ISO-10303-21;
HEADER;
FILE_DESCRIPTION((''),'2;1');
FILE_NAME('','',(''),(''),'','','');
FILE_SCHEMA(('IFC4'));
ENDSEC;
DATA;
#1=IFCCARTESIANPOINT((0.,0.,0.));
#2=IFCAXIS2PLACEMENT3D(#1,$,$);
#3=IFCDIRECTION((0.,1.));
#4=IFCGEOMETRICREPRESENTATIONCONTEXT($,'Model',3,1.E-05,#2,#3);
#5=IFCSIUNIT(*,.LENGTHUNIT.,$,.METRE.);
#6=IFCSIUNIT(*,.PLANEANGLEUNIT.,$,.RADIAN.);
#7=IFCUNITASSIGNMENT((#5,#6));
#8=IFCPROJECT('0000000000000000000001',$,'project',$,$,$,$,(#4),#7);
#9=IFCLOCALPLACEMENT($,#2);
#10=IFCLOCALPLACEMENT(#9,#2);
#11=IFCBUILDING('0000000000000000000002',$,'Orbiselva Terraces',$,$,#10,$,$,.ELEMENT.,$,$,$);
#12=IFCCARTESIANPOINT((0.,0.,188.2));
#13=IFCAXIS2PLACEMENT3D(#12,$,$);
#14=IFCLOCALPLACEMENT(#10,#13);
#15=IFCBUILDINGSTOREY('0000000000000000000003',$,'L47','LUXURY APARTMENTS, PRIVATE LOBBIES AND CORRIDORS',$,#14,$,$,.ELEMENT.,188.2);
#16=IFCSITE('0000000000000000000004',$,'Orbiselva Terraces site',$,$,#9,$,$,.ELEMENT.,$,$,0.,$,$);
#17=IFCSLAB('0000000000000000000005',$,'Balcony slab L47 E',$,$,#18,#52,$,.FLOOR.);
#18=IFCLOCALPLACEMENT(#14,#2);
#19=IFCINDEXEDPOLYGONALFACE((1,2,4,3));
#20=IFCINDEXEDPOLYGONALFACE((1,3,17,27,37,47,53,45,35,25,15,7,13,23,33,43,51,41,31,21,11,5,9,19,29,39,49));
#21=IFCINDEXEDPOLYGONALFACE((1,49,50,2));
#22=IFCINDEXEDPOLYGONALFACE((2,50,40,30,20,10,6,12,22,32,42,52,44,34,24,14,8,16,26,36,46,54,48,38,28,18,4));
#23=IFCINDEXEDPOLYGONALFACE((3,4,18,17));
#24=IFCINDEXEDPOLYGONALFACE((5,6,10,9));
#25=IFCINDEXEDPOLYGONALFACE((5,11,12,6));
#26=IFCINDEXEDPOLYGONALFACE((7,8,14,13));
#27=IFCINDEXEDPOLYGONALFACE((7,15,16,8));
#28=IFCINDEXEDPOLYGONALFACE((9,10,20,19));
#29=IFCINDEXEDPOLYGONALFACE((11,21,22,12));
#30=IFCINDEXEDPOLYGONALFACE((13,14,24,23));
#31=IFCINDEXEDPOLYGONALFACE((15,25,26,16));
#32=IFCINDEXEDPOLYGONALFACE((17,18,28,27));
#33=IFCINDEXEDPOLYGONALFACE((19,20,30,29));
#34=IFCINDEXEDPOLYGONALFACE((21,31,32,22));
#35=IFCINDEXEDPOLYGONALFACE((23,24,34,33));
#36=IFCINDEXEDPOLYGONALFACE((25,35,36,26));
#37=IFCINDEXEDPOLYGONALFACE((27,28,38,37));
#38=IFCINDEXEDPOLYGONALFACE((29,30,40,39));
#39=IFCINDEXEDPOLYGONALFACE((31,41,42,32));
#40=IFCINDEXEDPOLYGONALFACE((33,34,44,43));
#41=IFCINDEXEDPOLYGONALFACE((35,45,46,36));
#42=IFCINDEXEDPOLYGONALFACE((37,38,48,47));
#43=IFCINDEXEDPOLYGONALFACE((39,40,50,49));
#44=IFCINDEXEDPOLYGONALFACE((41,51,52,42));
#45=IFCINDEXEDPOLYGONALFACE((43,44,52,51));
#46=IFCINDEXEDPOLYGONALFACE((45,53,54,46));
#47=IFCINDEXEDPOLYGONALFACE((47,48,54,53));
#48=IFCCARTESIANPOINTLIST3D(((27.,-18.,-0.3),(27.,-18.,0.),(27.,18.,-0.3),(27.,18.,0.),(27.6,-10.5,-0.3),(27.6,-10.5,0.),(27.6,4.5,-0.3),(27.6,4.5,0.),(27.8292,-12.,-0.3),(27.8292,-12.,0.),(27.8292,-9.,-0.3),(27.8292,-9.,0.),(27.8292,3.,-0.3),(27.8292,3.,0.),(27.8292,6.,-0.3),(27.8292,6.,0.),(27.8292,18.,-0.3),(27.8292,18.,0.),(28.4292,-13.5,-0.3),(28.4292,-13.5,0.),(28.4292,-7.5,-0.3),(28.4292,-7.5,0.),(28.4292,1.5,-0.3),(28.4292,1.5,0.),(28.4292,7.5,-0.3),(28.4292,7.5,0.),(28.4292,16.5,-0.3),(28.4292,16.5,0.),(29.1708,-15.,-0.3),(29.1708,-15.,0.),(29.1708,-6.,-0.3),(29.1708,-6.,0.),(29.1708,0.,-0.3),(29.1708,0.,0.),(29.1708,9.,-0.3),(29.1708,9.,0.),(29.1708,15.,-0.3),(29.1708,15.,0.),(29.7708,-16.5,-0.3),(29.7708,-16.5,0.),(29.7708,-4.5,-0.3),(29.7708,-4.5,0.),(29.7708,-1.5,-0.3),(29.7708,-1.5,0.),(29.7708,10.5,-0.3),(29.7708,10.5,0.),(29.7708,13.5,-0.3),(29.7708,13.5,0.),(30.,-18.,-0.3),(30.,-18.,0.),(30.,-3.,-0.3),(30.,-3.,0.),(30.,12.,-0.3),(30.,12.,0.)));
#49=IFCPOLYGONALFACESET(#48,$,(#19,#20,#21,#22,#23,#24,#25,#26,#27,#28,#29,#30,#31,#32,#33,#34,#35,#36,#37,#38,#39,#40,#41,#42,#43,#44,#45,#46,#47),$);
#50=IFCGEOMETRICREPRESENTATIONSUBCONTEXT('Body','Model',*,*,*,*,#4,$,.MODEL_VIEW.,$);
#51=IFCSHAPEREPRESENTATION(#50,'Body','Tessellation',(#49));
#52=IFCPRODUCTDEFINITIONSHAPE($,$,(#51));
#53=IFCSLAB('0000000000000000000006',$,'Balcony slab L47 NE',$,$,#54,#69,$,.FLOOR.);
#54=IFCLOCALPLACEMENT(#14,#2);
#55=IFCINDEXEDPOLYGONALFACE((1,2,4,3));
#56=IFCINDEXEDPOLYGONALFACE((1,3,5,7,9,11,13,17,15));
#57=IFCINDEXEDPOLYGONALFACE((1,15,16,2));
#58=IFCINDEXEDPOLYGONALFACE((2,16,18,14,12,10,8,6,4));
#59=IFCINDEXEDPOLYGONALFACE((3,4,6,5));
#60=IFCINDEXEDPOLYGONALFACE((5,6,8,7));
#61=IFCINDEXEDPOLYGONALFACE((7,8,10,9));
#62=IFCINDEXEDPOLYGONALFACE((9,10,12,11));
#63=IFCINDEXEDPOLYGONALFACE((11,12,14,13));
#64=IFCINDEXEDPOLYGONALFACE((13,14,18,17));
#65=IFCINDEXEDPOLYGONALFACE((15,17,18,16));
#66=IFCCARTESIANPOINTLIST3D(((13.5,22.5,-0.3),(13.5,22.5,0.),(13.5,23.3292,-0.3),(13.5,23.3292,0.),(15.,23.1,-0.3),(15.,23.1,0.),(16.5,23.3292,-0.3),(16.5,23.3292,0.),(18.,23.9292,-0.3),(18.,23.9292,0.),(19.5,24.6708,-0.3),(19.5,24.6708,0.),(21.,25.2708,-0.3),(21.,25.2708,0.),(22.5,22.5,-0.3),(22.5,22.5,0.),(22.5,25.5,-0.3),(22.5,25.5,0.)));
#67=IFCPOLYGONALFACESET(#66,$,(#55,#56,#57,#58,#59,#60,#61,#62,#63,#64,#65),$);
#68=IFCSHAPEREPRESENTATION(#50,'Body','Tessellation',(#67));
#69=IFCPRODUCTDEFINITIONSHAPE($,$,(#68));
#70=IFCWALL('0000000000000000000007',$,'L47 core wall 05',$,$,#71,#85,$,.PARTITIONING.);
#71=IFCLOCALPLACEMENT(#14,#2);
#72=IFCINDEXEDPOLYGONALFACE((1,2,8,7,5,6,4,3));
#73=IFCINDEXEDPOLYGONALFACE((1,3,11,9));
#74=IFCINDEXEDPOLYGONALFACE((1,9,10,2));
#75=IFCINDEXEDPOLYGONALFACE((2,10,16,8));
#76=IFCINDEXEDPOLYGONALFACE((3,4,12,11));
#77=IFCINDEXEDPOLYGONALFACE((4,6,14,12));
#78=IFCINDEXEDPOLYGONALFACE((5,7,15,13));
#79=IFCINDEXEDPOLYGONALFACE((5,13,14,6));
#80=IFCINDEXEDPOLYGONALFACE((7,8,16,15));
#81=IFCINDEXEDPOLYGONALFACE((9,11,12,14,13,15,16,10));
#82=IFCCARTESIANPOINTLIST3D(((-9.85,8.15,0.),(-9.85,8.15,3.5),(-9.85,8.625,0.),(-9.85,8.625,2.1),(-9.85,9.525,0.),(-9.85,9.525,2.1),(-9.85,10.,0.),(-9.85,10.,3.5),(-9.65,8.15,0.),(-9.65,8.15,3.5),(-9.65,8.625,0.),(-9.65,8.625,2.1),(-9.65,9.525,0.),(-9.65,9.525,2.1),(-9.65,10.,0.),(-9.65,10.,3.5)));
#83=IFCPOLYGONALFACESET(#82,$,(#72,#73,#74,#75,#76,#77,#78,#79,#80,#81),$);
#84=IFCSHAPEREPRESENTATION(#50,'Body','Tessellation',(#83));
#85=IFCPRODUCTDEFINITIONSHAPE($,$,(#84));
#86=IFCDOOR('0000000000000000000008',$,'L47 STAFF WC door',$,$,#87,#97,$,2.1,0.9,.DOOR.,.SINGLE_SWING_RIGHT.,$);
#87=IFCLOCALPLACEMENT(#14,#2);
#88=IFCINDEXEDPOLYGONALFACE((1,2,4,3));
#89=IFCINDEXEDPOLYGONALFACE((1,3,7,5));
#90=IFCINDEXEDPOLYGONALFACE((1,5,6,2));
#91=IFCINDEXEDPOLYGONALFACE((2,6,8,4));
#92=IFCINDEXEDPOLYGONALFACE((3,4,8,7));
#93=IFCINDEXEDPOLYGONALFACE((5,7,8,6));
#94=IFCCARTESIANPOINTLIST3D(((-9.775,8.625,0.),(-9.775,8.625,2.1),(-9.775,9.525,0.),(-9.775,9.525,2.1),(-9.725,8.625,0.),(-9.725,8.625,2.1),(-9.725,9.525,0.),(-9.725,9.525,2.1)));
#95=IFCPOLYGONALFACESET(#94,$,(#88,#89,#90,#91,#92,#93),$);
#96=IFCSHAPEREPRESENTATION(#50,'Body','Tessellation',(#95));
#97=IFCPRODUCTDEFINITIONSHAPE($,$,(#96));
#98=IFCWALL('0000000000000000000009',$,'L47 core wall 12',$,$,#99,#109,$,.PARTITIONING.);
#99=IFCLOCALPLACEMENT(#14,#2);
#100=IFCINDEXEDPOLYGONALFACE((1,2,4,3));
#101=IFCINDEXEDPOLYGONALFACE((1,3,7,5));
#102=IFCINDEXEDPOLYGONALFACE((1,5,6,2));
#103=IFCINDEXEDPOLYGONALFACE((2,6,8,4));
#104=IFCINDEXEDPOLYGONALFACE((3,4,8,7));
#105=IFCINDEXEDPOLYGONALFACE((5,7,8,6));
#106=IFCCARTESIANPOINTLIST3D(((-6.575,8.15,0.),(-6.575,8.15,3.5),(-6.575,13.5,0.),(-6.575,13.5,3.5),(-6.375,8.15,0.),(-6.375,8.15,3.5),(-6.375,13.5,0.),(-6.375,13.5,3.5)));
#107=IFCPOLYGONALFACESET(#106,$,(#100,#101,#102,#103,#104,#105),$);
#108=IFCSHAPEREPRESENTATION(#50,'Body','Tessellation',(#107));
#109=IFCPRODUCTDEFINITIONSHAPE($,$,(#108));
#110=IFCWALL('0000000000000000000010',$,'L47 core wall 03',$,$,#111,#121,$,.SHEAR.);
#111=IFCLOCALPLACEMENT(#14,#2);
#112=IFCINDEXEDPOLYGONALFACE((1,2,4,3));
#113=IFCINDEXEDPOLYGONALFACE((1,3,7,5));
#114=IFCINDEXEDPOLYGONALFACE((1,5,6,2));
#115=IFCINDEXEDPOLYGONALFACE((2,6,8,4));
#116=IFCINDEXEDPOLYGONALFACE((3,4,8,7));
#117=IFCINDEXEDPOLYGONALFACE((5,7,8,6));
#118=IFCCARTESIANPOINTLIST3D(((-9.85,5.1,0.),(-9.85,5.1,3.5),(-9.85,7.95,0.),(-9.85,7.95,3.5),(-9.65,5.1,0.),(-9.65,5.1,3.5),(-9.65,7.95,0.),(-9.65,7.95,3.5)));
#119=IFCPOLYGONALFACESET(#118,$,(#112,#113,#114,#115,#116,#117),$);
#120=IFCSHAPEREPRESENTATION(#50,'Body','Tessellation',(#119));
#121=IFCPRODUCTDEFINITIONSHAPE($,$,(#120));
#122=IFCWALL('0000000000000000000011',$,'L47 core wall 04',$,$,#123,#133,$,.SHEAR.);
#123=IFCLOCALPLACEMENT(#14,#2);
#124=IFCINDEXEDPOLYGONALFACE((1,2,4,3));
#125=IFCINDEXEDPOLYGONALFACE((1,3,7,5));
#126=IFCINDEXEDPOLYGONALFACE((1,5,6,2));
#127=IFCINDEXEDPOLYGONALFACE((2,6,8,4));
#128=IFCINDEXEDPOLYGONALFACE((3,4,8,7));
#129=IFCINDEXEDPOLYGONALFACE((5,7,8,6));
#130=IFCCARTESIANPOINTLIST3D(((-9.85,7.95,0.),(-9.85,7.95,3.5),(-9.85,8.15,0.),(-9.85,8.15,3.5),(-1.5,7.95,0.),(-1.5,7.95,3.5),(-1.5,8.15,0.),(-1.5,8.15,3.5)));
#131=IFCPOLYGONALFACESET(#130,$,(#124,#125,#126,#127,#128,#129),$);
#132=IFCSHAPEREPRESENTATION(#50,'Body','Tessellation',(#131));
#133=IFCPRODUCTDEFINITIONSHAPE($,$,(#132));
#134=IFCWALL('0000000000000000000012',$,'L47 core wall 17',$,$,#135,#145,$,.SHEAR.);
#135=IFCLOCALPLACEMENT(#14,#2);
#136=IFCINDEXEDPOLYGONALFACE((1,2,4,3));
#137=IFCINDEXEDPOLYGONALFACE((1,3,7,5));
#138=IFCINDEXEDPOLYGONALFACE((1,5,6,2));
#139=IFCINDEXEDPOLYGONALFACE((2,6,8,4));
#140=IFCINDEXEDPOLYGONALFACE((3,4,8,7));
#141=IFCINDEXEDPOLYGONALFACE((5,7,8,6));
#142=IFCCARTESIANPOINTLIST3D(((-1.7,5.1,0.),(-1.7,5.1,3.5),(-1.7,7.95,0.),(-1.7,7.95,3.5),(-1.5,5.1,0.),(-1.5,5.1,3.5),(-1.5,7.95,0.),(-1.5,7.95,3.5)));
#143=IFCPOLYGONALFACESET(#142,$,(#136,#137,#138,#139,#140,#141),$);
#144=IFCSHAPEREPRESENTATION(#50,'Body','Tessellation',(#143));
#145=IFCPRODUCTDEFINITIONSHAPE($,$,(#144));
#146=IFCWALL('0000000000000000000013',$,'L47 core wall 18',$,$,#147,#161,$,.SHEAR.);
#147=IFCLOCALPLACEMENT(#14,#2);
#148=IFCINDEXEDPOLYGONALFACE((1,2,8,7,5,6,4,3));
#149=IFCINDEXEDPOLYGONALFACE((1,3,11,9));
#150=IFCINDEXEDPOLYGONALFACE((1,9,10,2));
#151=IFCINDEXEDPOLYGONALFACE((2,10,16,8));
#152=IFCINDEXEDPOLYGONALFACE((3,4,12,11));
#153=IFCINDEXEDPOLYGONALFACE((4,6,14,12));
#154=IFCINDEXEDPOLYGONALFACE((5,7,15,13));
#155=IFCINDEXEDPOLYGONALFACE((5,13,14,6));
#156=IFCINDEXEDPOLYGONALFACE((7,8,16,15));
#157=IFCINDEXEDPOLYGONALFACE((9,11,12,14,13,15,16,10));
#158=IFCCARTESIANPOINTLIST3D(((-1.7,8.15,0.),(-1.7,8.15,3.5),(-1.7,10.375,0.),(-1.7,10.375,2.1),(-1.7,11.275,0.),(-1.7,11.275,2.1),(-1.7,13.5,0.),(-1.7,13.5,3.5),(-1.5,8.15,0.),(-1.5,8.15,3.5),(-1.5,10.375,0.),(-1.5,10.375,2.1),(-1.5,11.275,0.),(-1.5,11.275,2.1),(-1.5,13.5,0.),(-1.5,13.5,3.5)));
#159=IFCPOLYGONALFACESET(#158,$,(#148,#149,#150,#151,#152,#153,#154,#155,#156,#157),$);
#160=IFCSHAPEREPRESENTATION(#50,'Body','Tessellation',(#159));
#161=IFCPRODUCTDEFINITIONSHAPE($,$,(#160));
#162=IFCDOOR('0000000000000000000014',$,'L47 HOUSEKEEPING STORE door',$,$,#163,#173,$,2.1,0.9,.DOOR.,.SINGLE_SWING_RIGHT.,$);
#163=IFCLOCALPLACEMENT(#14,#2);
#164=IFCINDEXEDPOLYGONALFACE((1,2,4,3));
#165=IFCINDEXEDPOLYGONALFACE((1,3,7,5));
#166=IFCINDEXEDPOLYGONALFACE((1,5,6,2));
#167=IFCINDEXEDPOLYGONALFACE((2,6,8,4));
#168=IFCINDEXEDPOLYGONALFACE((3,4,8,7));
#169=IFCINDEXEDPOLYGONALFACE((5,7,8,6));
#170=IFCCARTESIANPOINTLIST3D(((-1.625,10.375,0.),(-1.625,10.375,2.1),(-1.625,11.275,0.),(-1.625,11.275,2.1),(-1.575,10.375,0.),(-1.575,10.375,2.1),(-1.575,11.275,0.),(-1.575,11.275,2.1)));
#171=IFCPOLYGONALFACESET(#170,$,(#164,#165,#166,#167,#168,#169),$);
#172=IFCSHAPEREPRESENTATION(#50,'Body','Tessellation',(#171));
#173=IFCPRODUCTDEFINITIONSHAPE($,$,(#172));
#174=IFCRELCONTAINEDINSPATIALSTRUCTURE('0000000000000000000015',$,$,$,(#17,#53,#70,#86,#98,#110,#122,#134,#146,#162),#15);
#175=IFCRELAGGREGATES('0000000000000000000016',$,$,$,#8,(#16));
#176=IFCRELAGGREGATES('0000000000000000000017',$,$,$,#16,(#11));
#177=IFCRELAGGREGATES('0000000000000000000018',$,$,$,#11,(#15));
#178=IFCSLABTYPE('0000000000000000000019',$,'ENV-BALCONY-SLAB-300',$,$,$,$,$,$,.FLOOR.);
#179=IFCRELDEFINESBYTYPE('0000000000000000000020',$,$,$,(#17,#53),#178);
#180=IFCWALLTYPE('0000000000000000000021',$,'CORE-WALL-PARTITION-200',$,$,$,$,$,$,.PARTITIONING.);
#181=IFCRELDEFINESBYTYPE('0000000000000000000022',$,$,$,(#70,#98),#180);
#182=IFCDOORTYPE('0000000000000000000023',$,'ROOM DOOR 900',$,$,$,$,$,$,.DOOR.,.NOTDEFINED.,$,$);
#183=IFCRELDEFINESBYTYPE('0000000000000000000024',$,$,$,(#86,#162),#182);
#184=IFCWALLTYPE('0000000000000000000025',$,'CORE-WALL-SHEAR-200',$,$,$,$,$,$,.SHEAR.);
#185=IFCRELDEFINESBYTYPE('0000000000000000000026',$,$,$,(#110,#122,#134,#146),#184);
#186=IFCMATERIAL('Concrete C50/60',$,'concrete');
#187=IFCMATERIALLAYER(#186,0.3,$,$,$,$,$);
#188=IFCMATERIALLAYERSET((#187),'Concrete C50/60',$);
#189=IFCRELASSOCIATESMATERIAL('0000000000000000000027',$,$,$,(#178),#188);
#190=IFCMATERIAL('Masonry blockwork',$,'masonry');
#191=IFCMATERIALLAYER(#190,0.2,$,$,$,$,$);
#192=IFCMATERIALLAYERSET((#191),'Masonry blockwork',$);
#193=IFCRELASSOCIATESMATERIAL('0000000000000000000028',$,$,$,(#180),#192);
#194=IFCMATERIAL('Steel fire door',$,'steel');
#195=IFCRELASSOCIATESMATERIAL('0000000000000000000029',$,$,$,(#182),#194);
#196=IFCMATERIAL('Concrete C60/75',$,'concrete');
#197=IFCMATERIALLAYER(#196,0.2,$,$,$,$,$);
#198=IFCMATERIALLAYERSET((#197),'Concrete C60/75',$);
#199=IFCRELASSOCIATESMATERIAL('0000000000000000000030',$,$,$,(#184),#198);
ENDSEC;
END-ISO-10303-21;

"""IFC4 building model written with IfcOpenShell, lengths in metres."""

from ifc_helpers import new_model, si_unit, direction, frame, frame_2d, origin, place, context, subcontext, project, spatial, polyline, rectangle, outline, extrude, material, layer, layer_set, type_object, element, fill, save


model = new_model("IFC4")

# Units and contexts
model_context = context("Model", 3, precision=1e-05, world=origin(), true_north=direction((0.0, 1.0)))
body_context = subcontext(model_context, "Body", "Model", "MODEL_VIEW")
ifc_project = project(units=[si_unit("LENGTHUNIT", "METRE"), si_unit("PLANEANGLEUNIT", "RADIAN")], contexts=[model_context])

# Site, building, storey
site_placement = place(None, origin())
site = spatial("IfcSite", under=ifc_project, at=site_placement, Name="Orbiselva Terraces site", CompositionType="ELEMENT", RefElevation=0.0)
building_placement = place(site_placement, origin())
building = spatial("IfcBuilding", under=site, at=building_placement, Name="Orbiselva Terraces", CompositionType="ELEMENT")
storey_placement = place(building_placement, frame((0.0, 0.0, 188.2)))
storey = spatial("IfcBuildingStorey", under=building, at=storey_placement, Name="L47", Description="LUXURY APARTMENTS, PRIVATE LOBBIES AND CORRIDORS", CompositionType="ELEMENT", Elevation=188.2)

# Slabs
ifc_material_1 = material(Name="Concrete C50/60", Category="concrete")
ifc_layer_1 = layer(ifc_material_1, 0.3)
ifc_layer_set_1 = layer_set([ifc_layer_1], Name="Concrete C50/60")
slab_type = type_object("IfcSlabType", Name="ENV-BALCONY-SLAB-300", PredefinedType="FLOOR", material=ifc_layer_set_1)
slab_1_placement = place(storey_placement, frame((0.0, 0.0, -0.3)))
element("IfcSlab", 1, at=slab_1_placement, inside=storey, type_object=slab_type, Name="Balcony slab L47 E", PredefinedType="FLOOR", context=body_context, shape_type="SweptSolid", body=[
    extrude(outline(polyline([(30.0, -18.0), (29.7708, -16.5), (29.1708, -15.0), (28.4292, -13.5), (27.8292, -12.0), (27.6, -10.5), (27.8292, -9.0), (28.4292, -7.5), (29.1708, -6.0), (29.7708, -4.5), (30.0, -3.0), (29.7708, -1.5), (29.1708, 0.0), (28.4292, 1.5), (27.8292, 3.0), (27.6, 4.5), (27.8292, 6.0), (28.4292, 7.5), (29.1708, 9.0), (29.7708, 10.5), (30.0, 12.0), (29.7708, 13.5), (29.1708, 15.0), (28.4292, 16.5), (27.8292, 18.0), (27.0, 18.0), (27.0, -18.0), (30.0, -18.0)])), origin(), (0.0, 0.0, 1.0), 0.3),
])
slab_2_placement = place(storey_placement, frame((0.0, 0.0, -0.3)))
element("IfcSlab", 2, at=slab_2_placement, inside=storey, type_object=slab_type, Name="Balcony slab L47 NE", PredefinedType="FLOOR", context=body_context, shape_type="SweptSolid", body=[
    extrude(outline(polyline([(22.5, 25.5), (21.0, 25.2708), (19.5, 24.6708), (18.0, 23.9292), (16.5, 23.3292), (15.0, 23.1), (13.5, 23.3292), (13.5, 22.5), (22.5, 22.5), (22.5, 25.5)])), origin(), (0.0, 0.0, 1.0), 0.3),
])

# Wall, opening, door
ifc_material_2 = material(Name="Masonry blockwork", Category="masonry")
ifc_layer_2 = layer(ifc_material_2, 0.2)
ifc_layer_set_2 = layer_set([ifc_layer_2], Name="Masonry blockwork")
wall_type_1 = type_object("IfcWallType", Name="CORE-WALL-PARTITION-200", PredefinedType="PARTITIONING", material=ifc_layer_set_2)
wall_1_placement = place(storey_placement, frame((-9.75, 8.15, 0.0), z_axis=(0.0, 0.0, 1.0), x_axis=(0.0, 1.0, 0.0)))
wall_1 = element("IfcWall", 3, at=wall_1_placement, inside=storey, type_object=wall_type_1, Name="L47 core wall 05", PredefinedType="PARTITIONING", context=body_context, shape_type="SweptSolid", body=[
    extrude(rectangle(XDim=1.85, YDim=0.2, at=frame_2d((0.925, 0.0))), origin(), (0.0, 0.0, 1.0), 3.5),
])
opening_1_placement = place(wall_1_placement, frame((0.475, 0.0, 0.0)))
opening_1 = element("IfcOpeningElement", 4, at=opening_1_placement, cuts=wall_1, PredefinedType="OPENING", context=body_context, shape_type="SweptSolid", body=[
    extrude(rectangle(XDim=0.9, YDim=2.1, at=frame_2d((0.45, 1.05))), frame((0.0, 0.11, 0.0), z_axis=(0.0, -1.0, 0.0), x_axis=(1.0, 0.0, 0.0)), (0.0, 0.0, 1.0), 0.22),
])
ifc_material_3 = material(Name="Steel fire door", Category="steel")
door_type = type_object("IfcDoorType", Name="ROOM DOOR 900", OperationType="NOTDEFINED", PredefinedType="DOOR", material=ifc_material_3)
door_1_placement = place(opening_1_placement, origin())
door_1 = element("IfcDoor", 5, at=door_1_placement, inside=storey, type_object=door_type, Name="L47 STAFF WC door", OperationType="SINGLE_SWING_RIGHT", OverallHeight=2.1, OverallWidth=0.9, PredefinedType="DOOR", context=body_context, shape_type="SweptSolid", body=[
    extrude(rectangle(XDim=0.9, YDim=2.1, at=frame_2d((0.45, 1.05))), frame((0.0, 0.025, 0.0), z_axis=(0.0, -1.0, 0.0), x_axis=(1.0, 0.0, 0.0)), (0.0, 0.0, 1.0), 0.05),
])
fill(opening_1, door_1)

# Walls
wall_2_placement = place(storey_placement, frame((-6.475, 8.15, 0.0), z_axis=(0.0, 0.0, 1.0), x_axis=(0.0, 1.0, 0.0)))
element("IfcWall", 6, at=wall_2_placement, inside=storey, type_object=wall_type_1, Name="L47 core wall 12", PredefinedType="PARTITIONING", context=body_context, shape_type="SweptSolid", body=[
    extrude(rectangle(XDim=5.35, YDim=0.2, at=frame_2d((2.675, 0.0))), origin(), (0.0, 0.0, 1.0), 3.5),
])
ifc_material_4 = material(Name="Concrete C60/75", Category="concrete")
ifc_layer_3 = layer(ifc_material_4, 0.2)
ifc_layer_set_3 = layer_set([ifc_layer_3], Name="Concrete C60/75")
wall_type_2 = type_object("IfcWallType", Name="CORE-WALL-SHEAR-200", PredefinedType="SHEAR", material=ifc_layer_set_3)
wall_3_placement = place(storey_placement, frame((-9.75, 5.1, 0.0), z_axis=(0.0, 0.0, 1.0), x_axis=(0.0, 1.0, 0.0)))
element("IfcWall", 7, at=wall_3_placement, inside=storey, type_object=wall_type_2, Name="L47 core wall 03", PredefinedType="SHEAR", context=body_context, shape_type="SweptSolid", body=[
    extrude(rectangle(XDim=2.85, YDim=0.2, at=frame_2d((1.425, 0.0))), origin(), (0.0, 0.0, 1.0), 3.5),
])
wall_4_placement = place(storey_placement, frame((-9.85, 8.05, 0.0), z_axis=(0.0, 0.0, 1.0), x_axis=(1.0, 0.0, 0.0)))
element("IfcWall", 8, at=wall_4_placement, inside=storey, type_object=wall_type_2, Name="L47 core wall 04", PredefinedType="SHEAR", context=body_context, shape_type="SweptSolid", body=[
    extrude(rectangle(XDim=8.35, YDim=0.2, at=frame_2d((4.175, 0.0))), origin(), (0.0, 0.0, 1.0), 3.5),
])
wall_5_placement = place(storey_placement, frame((-1.6, 5.1, 0.0), z_axis=(0.0, 0.0, 1.0), x_axis=(0.0, 1.0, 0.0)))
element("IfcWall", 9, at=wall_5_placement, inside=storey, type_object=wall_type_2, Name="L47 core wall 17", PredefinedType="SHEAR", context=body_context, shape_type="SweptSolid", body=[
    extrude(rectangle(XDim=2.85, YDim=0.2, at=frame_2d((1.425, 0.0))), origin(), (0.0, 0.0, 1.0), 3.5),
])

# Wall, opening, door
wall_6_placement = place(storey_placement, frame((-1.6, 8.15, 0.0), z_axis=(0.0, 0.0, 1.0), x_axis=(0.0, 1.0, 0.0)))
wall_6 = element("IfcWall", 10, at=wall_6_placement, inside=storey, type_object=wall_type_2, Name="L47 core wall 18", PredefinedType="SHEAR", context=body_context, shape_type="SweptSolid", body=[
    extrude(rectangle(XDim=5.35, YDim=0.2, at=frame_2d((2.675, 0.0))), origin(), (0.0, 0.0, 1.0), 3.5),
])
opening_2_placement = place(wall_6_placement, frame((2.225, 0.0, 0.0)))
opening_2 = element("IfcOpeningElement", 11, at=opening_2_placement, cuts=wall_6, PredefinedType="OPENING", context=body_context, shape_type="SweptSolid", body=[
    extrude(rectangle(XDim=0.9, YDim=2.1, at=frame_2d((0.45, 1.05))), frame((0.0, 0.11, 0.0), z_axis=(0.0, -1.0, 0.0), x_axis=(1.0, 0.0, 0.0)), (0.0, 0.0, 1.0), 0.22),
])
door_2_placement = place(opening_2_placement, origin())
door_2 = element("IfcDoor", 12, at=door_2_placement, inside=storey, type_object=door_type, Name="L47 HOUSEKEEPING STORE door", OperationType="SINGLE_SWING_RIGHT", OverallHeight=2.1, OverallWidth=0.9, PredefinedType="DOOR", context=body_context, shape_type="SweptSolid", body=[
    extrude(rectangle(XDim=0.9, YDim=2.1, at=frame_2d((0.45, 1.05))), frame((0.0, 0.025, 0.0), z_axis=(0.0, -1.0, 0.0), x_axis=(1.0, 0.0, 0.0)), (0.0, 0.0, 1.0), 0.05),
])
fill(opening_2, door_2)

save(model, "model.ifc")
